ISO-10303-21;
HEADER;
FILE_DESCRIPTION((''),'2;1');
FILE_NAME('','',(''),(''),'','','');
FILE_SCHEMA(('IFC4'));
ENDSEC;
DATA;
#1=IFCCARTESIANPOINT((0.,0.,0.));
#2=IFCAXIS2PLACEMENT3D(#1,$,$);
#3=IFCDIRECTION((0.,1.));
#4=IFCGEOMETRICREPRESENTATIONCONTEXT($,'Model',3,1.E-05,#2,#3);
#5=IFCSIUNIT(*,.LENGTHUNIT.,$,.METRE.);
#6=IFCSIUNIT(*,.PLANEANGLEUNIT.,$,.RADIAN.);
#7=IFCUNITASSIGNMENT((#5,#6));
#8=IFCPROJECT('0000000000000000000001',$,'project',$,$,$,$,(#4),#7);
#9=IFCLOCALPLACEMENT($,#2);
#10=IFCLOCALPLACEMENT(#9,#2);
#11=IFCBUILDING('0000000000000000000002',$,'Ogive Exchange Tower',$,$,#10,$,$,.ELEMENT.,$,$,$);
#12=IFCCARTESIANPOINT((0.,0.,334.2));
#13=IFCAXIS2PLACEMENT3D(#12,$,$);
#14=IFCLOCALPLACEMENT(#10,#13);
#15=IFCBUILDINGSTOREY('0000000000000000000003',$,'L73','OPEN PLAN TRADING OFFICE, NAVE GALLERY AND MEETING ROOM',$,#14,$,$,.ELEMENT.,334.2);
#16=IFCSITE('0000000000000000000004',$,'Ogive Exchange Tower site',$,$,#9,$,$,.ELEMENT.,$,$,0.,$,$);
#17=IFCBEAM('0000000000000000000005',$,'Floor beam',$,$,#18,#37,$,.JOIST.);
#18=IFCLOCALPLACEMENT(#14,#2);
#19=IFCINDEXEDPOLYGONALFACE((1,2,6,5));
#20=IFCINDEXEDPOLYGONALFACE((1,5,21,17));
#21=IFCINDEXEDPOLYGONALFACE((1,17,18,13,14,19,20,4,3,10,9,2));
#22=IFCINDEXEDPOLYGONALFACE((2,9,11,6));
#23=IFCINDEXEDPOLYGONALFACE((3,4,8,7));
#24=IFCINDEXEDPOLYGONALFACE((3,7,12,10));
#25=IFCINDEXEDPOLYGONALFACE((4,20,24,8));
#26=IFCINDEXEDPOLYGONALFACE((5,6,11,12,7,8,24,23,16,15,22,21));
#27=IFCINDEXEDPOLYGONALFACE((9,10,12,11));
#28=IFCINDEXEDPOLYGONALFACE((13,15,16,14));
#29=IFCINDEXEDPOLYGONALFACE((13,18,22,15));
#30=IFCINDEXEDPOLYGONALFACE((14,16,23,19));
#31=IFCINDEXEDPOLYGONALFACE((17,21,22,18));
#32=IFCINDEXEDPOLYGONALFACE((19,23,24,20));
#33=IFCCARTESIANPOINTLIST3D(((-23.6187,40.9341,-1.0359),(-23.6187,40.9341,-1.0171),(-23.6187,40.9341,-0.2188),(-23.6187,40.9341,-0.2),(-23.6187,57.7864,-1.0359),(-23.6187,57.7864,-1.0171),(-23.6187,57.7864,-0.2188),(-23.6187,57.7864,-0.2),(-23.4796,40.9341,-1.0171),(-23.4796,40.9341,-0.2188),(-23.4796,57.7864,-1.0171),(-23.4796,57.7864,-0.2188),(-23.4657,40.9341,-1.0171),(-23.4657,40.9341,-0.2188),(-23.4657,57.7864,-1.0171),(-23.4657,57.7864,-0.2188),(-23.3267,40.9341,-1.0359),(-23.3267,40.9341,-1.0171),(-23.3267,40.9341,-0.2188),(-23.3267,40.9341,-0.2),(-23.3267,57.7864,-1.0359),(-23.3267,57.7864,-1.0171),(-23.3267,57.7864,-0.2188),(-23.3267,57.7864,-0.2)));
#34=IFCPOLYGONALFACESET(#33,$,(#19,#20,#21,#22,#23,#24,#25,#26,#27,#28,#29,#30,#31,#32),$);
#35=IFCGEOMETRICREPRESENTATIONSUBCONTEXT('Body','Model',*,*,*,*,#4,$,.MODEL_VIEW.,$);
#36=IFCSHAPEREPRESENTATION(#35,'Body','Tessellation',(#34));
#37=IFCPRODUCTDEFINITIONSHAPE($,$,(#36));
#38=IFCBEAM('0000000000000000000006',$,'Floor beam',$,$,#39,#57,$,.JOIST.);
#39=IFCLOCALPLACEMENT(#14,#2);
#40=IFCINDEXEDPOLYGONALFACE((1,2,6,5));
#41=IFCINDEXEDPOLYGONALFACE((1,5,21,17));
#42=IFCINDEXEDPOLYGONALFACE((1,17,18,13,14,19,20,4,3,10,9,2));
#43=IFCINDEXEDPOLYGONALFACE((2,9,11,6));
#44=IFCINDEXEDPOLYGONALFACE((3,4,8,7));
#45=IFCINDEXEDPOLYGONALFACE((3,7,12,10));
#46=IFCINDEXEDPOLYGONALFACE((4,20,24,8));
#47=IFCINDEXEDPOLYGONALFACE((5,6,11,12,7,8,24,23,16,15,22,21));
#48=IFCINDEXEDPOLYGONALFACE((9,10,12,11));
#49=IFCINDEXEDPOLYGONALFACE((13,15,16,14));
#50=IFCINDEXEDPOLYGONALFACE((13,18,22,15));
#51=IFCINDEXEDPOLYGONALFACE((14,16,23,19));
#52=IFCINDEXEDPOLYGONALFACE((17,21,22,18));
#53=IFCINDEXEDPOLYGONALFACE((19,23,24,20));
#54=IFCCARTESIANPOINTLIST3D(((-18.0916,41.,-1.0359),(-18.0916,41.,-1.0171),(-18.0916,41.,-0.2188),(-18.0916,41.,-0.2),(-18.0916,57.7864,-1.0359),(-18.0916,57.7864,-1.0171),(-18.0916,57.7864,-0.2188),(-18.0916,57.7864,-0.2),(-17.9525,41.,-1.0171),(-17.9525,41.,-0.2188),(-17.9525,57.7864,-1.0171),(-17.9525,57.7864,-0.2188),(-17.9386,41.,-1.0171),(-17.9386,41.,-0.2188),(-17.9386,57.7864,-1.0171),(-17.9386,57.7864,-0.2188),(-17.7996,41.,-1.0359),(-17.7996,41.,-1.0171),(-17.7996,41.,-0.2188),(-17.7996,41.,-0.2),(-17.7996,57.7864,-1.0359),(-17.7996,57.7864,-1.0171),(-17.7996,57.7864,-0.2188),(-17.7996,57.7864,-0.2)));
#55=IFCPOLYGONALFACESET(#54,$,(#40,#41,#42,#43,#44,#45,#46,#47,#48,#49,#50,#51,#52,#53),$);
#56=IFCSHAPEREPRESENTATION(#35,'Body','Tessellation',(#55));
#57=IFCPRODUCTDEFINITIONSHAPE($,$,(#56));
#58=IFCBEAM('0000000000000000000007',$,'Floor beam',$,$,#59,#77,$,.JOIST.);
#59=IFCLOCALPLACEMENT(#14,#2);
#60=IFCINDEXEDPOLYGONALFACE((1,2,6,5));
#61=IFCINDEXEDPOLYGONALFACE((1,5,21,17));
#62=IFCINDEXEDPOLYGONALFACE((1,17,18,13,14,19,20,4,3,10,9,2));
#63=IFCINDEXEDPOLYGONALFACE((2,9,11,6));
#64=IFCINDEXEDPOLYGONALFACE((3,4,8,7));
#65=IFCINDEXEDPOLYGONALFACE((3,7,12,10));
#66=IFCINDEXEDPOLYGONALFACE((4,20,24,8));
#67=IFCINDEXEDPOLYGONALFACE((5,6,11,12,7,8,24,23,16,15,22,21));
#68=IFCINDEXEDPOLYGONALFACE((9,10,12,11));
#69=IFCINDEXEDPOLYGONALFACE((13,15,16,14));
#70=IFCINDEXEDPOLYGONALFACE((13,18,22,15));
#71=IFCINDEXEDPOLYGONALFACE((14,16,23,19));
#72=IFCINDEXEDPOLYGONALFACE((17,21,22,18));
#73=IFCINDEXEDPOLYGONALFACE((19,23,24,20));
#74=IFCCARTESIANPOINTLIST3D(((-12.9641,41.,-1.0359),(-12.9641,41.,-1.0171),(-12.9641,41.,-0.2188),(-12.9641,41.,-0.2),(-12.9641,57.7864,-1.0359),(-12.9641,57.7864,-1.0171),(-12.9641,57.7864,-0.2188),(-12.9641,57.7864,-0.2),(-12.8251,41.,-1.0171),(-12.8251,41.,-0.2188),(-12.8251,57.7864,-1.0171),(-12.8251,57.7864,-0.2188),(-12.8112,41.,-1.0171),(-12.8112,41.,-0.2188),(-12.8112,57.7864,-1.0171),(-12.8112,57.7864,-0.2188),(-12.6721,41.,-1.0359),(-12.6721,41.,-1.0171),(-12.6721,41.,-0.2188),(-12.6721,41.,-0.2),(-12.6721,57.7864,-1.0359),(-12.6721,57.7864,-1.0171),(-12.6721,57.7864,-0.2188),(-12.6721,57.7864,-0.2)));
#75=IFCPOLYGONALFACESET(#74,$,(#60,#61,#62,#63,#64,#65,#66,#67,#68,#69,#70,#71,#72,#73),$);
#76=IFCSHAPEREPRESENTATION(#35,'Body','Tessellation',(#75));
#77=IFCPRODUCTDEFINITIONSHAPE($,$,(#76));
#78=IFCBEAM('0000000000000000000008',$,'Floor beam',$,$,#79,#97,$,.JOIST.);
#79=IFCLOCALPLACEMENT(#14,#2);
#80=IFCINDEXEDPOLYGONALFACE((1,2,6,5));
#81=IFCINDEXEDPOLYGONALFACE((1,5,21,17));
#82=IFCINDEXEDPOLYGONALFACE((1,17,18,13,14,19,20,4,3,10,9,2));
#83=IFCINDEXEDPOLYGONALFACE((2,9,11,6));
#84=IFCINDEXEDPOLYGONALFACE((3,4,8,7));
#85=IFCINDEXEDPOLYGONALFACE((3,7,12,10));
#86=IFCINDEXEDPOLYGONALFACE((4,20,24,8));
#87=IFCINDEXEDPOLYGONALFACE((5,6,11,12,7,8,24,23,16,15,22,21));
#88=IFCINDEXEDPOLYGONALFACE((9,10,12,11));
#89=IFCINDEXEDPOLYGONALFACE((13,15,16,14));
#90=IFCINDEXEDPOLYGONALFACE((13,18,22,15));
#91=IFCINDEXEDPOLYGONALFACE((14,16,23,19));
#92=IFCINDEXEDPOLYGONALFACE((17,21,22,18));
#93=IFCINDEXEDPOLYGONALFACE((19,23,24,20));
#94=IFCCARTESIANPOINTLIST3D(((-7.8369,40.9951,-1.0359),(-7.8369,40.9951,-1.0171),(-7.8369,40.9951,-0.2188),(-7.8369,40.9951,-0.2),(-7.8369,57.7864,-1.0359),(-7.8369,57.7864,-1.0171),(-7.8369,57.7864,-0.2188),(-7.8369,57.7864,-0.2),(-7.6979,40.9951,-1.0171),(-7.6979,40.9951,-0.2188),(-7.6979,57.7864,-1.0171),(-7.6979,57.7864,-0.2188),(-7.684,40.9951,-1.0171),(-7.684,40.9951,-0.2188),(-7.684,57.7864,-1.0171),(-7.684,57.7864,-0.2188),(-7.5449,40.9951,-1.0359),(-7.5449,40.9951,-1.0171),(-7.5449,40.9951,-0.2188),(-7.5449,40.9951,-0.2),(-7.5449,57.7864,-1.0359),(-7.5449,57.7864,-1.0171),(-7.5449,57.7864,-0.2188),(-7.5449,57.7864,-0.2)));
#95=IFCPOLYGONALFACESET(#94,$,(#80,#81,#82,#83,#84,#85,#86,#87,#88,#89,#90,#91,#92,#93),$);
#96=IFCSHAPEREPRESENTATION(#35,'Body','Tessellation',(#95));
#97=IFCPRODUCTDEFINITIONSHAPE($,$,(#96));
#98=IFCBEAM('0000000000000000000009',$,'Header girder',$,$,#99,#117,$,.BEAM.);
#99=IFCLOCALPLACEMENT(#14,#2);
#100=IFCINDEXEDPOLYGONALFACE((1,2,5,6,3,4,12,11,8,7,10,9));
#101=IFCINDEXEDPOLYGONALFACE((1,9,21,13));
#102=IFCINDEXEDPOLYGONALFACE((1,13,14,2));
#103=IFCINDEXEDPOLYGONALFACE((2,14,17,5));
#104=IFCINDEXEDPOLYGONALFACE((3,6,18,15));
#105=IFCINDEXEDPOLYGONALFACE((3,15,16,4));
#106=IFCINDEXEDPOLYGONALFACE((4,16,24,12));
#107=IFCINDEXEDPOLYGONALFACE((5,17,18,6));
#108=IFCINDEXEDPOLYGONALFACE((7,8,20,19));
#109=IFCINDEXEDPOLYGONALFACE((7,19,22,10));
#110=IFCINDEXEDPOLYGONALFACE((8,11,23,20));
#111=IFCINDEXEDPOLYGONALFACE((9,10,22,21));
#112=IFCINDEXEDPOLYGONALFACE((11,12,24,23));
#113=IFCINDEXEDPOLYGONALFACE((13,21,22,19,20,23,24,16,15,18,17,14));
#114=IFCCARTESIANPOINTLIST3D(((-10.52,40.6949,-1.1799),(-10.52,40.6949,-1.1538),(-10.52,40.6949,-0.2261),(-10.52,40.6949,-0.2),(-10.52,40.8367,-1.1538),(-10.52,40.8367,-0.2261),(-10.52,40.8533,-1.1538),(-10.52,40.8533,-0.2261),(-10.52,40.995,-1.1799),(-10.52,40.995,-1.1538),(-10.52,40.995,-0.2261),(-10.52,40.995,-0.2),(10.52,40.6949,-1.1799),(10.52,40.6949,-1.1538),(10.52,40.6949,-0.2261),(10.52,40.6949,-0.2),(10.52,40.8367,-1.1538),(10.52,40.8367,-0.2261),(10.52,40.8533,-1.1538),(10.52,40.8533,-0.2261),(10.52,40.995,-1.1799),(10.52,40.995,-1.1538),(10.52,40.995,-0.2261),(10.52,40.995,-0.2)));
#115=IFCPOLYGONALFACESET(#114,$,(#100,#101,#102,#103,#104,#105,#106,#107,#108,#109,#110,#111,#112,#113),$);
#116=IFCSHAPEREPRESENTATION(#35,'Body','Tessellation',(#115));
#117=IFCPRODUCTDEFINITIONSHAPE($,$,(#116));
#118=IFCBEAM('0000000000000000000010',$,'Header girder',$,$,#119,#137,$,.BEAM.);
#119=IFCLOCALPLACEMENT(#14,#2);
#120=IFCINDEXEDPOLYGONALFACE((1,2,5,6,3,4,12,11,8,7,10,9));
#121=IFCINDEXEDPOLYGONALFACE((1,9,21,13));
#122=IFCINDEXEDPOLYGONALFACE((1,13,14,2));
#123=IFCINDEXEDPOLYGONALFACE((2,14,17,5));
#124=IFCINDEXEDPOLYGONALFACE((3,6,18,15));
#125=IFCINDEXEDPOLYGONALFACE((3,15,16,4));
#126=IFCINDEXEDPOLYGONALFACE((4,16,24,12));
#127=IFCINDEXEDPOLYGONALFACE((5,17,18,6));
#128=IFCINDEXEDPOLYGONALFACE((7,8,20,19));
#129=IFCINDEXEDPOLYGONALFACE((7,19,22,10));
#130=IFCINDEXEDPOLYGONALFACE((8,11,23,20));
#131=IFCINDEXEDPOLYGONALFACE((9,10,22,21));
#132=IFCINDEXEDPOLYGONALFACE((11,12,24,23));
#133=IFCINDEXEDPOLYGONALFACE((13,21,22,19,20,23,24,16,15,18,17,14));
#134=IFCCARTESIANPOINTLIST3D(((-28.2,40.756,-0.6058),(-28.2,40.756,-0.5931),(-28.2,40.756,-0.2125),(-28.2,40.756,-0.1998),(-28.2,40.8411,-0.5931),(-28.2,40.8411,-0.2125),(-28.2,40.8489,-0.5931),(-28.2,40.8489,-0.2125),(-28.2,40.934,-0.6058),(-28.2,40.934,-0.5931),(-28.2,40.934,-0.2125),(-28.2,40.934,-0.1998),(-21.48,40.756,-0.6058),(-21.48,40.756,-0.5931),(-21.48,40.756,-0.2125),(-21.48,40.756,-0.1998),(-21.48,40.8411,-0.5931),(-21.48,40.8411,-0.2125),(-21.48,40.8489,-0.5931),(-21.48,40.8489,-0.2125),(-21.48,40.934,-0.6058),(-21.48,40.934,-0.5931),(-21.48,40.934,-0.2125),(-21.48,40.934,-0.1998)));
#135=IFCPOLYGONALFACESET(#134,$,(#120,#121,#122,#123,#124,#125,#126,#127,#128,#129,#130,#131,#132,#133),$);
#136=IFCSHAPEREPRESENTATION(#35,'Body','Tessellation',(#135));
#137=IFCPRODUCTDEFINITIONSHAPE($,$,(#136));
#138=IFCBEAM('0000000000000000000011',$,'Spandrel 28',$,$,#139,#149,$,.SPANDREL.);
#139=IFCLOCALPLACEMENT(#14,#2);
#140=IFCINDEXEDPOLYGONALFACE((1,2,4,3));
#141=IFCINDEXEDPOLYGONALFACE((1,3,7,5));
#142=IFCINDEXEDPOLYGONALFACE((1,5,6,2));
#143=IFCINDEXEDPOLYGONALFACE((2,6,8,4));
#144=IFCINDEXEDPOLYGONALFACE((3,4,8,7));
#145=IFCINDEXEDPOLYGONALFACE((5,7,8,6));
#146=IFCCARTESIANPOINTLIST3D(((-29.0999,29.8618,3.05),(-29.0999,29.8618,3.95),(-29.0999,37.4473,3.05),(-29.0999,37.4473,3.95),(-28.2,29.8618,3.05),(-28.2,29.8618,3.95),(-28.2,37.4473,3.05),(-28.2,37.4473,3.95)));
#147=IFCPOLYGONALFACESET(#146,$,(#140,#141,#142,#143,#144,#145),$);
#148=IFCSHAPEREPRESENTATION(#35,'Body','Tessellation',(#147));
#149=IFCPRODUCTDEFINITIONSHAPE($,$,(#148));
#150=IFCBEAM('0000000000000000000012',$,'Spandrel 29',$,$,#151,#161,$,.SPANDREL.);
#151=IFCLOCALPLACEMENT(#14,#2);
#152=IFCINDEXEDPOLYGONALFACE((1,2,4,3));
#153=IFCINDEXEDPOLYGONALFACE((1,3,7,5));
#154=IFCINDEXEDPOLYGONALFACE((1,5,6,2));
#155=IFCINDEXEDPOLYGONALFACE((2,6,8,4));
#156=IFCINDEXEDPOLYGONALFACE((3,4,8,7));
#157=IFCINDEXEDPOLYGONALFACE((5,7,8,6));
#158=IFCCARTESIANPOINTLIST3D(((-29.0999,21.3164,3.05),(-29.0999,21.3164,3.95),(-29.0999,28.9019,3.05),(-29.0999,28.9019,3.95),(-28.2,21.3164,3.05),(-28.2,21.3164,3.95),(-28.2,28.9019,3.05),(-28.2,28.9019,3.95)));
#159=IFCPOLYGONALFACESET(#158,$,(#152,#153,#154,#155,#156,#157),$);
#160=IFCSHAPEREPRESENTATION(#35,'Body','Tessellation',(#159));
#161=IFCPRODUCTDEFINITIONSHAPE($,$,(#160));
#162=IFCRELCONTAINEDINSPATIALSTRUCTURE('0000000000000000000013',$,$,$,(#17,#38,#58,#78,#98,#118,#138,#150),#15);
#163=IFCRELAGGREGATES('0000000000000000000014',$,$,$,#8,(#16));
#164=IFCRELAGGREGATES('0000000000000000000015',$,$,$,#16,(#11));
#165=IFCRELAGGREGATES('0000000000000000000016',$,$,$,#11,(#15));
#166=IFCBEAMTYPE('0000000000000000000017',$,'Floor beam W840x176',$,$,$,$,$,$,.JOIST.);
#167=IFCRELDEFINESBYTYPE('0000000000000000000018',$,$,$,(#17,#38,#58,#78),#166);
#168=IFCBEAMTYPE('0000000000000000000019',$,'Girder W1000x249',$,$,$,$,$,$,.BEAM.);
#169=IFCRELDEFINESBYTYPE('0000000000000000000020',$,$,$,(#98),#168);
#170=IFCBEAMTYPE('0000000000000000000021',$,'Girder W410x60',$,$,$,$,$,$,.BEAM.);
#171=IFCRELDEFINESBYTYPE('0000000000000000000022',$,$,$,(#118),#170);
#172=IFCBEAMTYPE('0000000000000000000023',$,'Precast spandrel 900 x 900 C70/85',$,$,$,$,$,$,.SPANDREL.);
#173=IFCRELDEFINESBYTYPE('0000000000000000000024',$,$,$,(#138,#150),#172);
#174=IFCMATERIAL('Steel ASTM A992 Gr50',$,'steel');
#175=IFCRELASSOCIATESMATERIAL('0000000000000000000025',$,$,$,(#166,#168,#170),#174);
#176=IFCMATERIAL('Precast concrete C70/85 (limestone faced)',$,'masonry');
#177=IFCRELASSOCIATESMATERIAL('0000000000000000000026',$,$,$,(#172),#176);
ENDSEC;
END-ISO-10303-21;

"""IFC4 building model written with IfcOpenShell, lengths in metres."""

from ifc_helpers import new_model, si_unit, direction, frame, origin, origin_2d, place, context, subcontext, project, spatial, rectangle, i_section, extrude, material, material_profile, profile_set, type_object, element, save


model = new_model("IFC4")

# Units and contexts
model_context = context("Model", 3, precision=1e-05, world=origin(), true_north=direction((0.0, 1.0)))
body_context = subcontext(model_context, "Body", "Model", "MODEL_VIEW")
ifc_project = project(units=[si_unit("LENGTHUNIT", "METRE"), si_unit("PLANEANGLEUNIT", "RADIAN")], contexts=[model_context])

# Site, building, storey
site_placement = place(None, origin())
site = spatial("IfcSite", under=ifc_project, at=site_placement, Name="Ogive Exchange Tower site", CompositionType="ELEMENT", RefElevation=0.0)
building_placement = place(site_placement, origin())
building = spatial("IfcBuilding", under=site, at=building_placement, Name="Ogive Exchange Tower", CompositionType="ELEMENT")
storey_placement = place(building_placement, frame((0.0, 0.0, 334.2)))
storey = spatial("IfcBuildingStorey", under=building, at=storey_placement, Name="L73", Description="OPEN PLAN TRADING OFFICE, NAVE GALLERY AND MEETING ROOM", CompositionType="ELEMENT", Elevation=334.2)

# Shared definitions
ifc_material_1 = material(Name="Precast concrete C70/85 (limestone faced)", Category="masonry")

# Beams
ifc_material_2 = material(Name="Steel ASTM A992 Gr50", Category="steel")
ifc_material_profile_1 = material_profile(ifc_material_2, i_section(OverallWidth=0.292, OverallDepth=0.8359, WebThickness=0.0139, FlangeThickness=0.0188, at=origin_2d()), Name="W840x176")
ifc_profile_set_1 = profile_set([ifc_material_profile_1], Name="Steel ASTM A992 Gr50")
beam_type_1 = type_object("IfcBeamType", Name="Floor beam W840x176", PredefinedType="JOIST", material=ifc_profile_set_1)
beam_1_placement = place(storey_placement, frame((-23.4727, 40.9341, -0.6179), z_axis=(0.0, 1.0, 0.0), x_axis=(-1.0, 0.0, 0.0)))
element("IfcBeam", 1, at=beam_1_placement, inside=storey, type_object=beam_type_1, Name="Floor beam", PredefinedType="JOIST", context=body_context, shape_type="SweptSolid", body=[
    extrude(i_section(OverallWidth=0.292, OverallDepth=0.8359, WebThickness=0.0139, FlangeThickness=0.0188, at=origin_2d()), origin(), (0.0, 0.0, 1.0), 16.8523),
])
for number, where, z_axis, x_axis, name in (
    (2, (-17.9456, 41.0, -0.6179), (0.0, 1.0, 0.0), (-1.0, 0.0, 0.0), "Floor beam"),
    (3, (-12.8181, 41.0, -0.6179), (0.0, 1.0, 0.0), (-1.0, 0.0, 0.0), "Floor beam"),
):
    element("IfcBeam", number, at=place(storey_placement, frame(where, z_axis=z_axis, x_axis=x_axis)), inside=storey, type_object=beam_type_1, Name=name, PredefinedType="JOIST", context=body_context, shape_type="SweptSolid", body=[
        extrude(i_section(OverallWidth=0.292, OverallDepth=0.8359, WebThickness=0.0139, FlangeThickness=0.0188, at=origin_2d()), origin(), (0.0, 0.0, 1.0), 16.7864),
    ])
beam_2_placement = place(storey_placement, frame((-7.6909, 40.9951, -0.6179), z_axis=(0.0, 1.0, 0.0), x_axis=(-1.0, 0.0, 0.0)))
element("IfcBeam", 4, at=beam_2_placement, inside=storey, type_object=beam_type_1, Name="Floor beam", PredefinedType="JOIST", context=body_context, shape_type="SweptSolid", body=[
    extrude(i_section(OverallWidth=0.292, OverallDepth=0.8359, WebThickness=0.0139, FlangeThickness=0.0188, at=origin_2d()), origin(), (0.0, 0.0, 1.0), 16.7913),
])
ifc_material_profile_2 = material_profile(ifc_material_2, i_section(OverallWidth=0.3, OverallDepth=0.98, WebThickness=0.0166, FlangeThickness=0.0261, at=origin_2d()), Name="W1000x249")
ifc_profile_set_2 = profile_set([ifc_material_profile_2], Name="Steel ASTM A992 Gr50")
beam_type_2 = type_object("IfcBeamType", Name="Girder W1000x249", PredefinedType="BEAM", material=ifc_profile_set_2)
beam_3_placement = place(storey_placement, frame((-10.52, 40.845, -0.6899), z_axis=(1.0, 0.0, 0.0), x_axis=(0.0, 1.0, 0.0)))
element("IfcBeam", 5, at=beam_3_placement, inside=storey, type_object=beam_type_2, Name="Header girder", PredefinedType="BEAM", context=body_context, shape_type="SweptSolid", body=[
    extrude(i_section(OverallWidth=0.3, OverallDepth=0.98, WebThickness=0.0166, FlangeThickness=0.0261, at=origin_2d()), origin(), (0.0, 0.0, 1.0), 21.04),
])
ifc_material_profile_3 = material_profile(ifc_material_2, i_section(OverallWidth=0.178, OverallDepth=0.406, WebThickness=0.0078, FlangeThickness=0.0127, at=origin_2d()), Name="W410x60")
ifc_profile_set_3 = profile_set([ifc_material_profile_3], Name="Steel ASTM A992 Gr50")
beam_type_3 = type_object("IfcBeamType", Name="Girder W410x60", PredefinedType="BEAM", material=ifc_profile_set_3)
beam_4_placement = place(storey_placement, frame((-28.2, 40.845, -0.4028), z_axis=(1.0, 0.0, 0.0), x_axis=(0.0, 1.0, 0.0)))
element("IfcBeam", 6, at=beam_4_placement, inside=storey, type_object=beam_type_3, Name="Header girder", PredefinedType="BEAM", context=body_context, shape_type="SweptSolid", body=[
    extrude(i_section(OverallWidth=0.178, OverallDepth=0.406, WebThickness=0.0078, FlangeThickness=0.0127, at=origin_2d()), origin(), (0.0, 0.0, 1.0), 6.72),
])
ifc_material_profile_4 = material_profile(ifc_material_1, rectangle(XDim=0.8999, YDim=0.8999, at=origin_2d()), Name="900 x 900")
ifc_profile_set_4 = profile_set([ifc_material_profile_4], Name="Precast concrete C70/85 (limestone faced)")
beam_type_4 = type_object("IfcBeamType", Name="Precast spandrel 900 x 900 C70/85", PredefinedType="SPANDREL", material=ifc_profile_set_4)
for number, where, z_axis, x_axis, name in (
    (7, (-28.6499, 37.4473, 3.5), (0.0, -1.0, 0.0), (1.0, 0.0, 0.0), "Spandrel 28"),
    (8, (-28.6499, 28.9019, 3.5), (0.0, -1.0, 0.0), (1.0, 0.0, 0.0), "Spandrel 29"),
):
    element("IfcBeam", number, at=place(storey_placement, frame(where, z_axis=z_axis, x_axis=x_axis)), inside=storey, type_object=beam_type_4, Name=name, PredefinedType="SPANDREL", context=body_context, shape_type="SweptSolid", body=[
        extrude(rectangle(XDim=0.8999, YDim=0.8999, at=origin_2d()), origin(), (0.0, 0.0, 1.0), 7.5854),
    ])

save(model, "model.ifc")
